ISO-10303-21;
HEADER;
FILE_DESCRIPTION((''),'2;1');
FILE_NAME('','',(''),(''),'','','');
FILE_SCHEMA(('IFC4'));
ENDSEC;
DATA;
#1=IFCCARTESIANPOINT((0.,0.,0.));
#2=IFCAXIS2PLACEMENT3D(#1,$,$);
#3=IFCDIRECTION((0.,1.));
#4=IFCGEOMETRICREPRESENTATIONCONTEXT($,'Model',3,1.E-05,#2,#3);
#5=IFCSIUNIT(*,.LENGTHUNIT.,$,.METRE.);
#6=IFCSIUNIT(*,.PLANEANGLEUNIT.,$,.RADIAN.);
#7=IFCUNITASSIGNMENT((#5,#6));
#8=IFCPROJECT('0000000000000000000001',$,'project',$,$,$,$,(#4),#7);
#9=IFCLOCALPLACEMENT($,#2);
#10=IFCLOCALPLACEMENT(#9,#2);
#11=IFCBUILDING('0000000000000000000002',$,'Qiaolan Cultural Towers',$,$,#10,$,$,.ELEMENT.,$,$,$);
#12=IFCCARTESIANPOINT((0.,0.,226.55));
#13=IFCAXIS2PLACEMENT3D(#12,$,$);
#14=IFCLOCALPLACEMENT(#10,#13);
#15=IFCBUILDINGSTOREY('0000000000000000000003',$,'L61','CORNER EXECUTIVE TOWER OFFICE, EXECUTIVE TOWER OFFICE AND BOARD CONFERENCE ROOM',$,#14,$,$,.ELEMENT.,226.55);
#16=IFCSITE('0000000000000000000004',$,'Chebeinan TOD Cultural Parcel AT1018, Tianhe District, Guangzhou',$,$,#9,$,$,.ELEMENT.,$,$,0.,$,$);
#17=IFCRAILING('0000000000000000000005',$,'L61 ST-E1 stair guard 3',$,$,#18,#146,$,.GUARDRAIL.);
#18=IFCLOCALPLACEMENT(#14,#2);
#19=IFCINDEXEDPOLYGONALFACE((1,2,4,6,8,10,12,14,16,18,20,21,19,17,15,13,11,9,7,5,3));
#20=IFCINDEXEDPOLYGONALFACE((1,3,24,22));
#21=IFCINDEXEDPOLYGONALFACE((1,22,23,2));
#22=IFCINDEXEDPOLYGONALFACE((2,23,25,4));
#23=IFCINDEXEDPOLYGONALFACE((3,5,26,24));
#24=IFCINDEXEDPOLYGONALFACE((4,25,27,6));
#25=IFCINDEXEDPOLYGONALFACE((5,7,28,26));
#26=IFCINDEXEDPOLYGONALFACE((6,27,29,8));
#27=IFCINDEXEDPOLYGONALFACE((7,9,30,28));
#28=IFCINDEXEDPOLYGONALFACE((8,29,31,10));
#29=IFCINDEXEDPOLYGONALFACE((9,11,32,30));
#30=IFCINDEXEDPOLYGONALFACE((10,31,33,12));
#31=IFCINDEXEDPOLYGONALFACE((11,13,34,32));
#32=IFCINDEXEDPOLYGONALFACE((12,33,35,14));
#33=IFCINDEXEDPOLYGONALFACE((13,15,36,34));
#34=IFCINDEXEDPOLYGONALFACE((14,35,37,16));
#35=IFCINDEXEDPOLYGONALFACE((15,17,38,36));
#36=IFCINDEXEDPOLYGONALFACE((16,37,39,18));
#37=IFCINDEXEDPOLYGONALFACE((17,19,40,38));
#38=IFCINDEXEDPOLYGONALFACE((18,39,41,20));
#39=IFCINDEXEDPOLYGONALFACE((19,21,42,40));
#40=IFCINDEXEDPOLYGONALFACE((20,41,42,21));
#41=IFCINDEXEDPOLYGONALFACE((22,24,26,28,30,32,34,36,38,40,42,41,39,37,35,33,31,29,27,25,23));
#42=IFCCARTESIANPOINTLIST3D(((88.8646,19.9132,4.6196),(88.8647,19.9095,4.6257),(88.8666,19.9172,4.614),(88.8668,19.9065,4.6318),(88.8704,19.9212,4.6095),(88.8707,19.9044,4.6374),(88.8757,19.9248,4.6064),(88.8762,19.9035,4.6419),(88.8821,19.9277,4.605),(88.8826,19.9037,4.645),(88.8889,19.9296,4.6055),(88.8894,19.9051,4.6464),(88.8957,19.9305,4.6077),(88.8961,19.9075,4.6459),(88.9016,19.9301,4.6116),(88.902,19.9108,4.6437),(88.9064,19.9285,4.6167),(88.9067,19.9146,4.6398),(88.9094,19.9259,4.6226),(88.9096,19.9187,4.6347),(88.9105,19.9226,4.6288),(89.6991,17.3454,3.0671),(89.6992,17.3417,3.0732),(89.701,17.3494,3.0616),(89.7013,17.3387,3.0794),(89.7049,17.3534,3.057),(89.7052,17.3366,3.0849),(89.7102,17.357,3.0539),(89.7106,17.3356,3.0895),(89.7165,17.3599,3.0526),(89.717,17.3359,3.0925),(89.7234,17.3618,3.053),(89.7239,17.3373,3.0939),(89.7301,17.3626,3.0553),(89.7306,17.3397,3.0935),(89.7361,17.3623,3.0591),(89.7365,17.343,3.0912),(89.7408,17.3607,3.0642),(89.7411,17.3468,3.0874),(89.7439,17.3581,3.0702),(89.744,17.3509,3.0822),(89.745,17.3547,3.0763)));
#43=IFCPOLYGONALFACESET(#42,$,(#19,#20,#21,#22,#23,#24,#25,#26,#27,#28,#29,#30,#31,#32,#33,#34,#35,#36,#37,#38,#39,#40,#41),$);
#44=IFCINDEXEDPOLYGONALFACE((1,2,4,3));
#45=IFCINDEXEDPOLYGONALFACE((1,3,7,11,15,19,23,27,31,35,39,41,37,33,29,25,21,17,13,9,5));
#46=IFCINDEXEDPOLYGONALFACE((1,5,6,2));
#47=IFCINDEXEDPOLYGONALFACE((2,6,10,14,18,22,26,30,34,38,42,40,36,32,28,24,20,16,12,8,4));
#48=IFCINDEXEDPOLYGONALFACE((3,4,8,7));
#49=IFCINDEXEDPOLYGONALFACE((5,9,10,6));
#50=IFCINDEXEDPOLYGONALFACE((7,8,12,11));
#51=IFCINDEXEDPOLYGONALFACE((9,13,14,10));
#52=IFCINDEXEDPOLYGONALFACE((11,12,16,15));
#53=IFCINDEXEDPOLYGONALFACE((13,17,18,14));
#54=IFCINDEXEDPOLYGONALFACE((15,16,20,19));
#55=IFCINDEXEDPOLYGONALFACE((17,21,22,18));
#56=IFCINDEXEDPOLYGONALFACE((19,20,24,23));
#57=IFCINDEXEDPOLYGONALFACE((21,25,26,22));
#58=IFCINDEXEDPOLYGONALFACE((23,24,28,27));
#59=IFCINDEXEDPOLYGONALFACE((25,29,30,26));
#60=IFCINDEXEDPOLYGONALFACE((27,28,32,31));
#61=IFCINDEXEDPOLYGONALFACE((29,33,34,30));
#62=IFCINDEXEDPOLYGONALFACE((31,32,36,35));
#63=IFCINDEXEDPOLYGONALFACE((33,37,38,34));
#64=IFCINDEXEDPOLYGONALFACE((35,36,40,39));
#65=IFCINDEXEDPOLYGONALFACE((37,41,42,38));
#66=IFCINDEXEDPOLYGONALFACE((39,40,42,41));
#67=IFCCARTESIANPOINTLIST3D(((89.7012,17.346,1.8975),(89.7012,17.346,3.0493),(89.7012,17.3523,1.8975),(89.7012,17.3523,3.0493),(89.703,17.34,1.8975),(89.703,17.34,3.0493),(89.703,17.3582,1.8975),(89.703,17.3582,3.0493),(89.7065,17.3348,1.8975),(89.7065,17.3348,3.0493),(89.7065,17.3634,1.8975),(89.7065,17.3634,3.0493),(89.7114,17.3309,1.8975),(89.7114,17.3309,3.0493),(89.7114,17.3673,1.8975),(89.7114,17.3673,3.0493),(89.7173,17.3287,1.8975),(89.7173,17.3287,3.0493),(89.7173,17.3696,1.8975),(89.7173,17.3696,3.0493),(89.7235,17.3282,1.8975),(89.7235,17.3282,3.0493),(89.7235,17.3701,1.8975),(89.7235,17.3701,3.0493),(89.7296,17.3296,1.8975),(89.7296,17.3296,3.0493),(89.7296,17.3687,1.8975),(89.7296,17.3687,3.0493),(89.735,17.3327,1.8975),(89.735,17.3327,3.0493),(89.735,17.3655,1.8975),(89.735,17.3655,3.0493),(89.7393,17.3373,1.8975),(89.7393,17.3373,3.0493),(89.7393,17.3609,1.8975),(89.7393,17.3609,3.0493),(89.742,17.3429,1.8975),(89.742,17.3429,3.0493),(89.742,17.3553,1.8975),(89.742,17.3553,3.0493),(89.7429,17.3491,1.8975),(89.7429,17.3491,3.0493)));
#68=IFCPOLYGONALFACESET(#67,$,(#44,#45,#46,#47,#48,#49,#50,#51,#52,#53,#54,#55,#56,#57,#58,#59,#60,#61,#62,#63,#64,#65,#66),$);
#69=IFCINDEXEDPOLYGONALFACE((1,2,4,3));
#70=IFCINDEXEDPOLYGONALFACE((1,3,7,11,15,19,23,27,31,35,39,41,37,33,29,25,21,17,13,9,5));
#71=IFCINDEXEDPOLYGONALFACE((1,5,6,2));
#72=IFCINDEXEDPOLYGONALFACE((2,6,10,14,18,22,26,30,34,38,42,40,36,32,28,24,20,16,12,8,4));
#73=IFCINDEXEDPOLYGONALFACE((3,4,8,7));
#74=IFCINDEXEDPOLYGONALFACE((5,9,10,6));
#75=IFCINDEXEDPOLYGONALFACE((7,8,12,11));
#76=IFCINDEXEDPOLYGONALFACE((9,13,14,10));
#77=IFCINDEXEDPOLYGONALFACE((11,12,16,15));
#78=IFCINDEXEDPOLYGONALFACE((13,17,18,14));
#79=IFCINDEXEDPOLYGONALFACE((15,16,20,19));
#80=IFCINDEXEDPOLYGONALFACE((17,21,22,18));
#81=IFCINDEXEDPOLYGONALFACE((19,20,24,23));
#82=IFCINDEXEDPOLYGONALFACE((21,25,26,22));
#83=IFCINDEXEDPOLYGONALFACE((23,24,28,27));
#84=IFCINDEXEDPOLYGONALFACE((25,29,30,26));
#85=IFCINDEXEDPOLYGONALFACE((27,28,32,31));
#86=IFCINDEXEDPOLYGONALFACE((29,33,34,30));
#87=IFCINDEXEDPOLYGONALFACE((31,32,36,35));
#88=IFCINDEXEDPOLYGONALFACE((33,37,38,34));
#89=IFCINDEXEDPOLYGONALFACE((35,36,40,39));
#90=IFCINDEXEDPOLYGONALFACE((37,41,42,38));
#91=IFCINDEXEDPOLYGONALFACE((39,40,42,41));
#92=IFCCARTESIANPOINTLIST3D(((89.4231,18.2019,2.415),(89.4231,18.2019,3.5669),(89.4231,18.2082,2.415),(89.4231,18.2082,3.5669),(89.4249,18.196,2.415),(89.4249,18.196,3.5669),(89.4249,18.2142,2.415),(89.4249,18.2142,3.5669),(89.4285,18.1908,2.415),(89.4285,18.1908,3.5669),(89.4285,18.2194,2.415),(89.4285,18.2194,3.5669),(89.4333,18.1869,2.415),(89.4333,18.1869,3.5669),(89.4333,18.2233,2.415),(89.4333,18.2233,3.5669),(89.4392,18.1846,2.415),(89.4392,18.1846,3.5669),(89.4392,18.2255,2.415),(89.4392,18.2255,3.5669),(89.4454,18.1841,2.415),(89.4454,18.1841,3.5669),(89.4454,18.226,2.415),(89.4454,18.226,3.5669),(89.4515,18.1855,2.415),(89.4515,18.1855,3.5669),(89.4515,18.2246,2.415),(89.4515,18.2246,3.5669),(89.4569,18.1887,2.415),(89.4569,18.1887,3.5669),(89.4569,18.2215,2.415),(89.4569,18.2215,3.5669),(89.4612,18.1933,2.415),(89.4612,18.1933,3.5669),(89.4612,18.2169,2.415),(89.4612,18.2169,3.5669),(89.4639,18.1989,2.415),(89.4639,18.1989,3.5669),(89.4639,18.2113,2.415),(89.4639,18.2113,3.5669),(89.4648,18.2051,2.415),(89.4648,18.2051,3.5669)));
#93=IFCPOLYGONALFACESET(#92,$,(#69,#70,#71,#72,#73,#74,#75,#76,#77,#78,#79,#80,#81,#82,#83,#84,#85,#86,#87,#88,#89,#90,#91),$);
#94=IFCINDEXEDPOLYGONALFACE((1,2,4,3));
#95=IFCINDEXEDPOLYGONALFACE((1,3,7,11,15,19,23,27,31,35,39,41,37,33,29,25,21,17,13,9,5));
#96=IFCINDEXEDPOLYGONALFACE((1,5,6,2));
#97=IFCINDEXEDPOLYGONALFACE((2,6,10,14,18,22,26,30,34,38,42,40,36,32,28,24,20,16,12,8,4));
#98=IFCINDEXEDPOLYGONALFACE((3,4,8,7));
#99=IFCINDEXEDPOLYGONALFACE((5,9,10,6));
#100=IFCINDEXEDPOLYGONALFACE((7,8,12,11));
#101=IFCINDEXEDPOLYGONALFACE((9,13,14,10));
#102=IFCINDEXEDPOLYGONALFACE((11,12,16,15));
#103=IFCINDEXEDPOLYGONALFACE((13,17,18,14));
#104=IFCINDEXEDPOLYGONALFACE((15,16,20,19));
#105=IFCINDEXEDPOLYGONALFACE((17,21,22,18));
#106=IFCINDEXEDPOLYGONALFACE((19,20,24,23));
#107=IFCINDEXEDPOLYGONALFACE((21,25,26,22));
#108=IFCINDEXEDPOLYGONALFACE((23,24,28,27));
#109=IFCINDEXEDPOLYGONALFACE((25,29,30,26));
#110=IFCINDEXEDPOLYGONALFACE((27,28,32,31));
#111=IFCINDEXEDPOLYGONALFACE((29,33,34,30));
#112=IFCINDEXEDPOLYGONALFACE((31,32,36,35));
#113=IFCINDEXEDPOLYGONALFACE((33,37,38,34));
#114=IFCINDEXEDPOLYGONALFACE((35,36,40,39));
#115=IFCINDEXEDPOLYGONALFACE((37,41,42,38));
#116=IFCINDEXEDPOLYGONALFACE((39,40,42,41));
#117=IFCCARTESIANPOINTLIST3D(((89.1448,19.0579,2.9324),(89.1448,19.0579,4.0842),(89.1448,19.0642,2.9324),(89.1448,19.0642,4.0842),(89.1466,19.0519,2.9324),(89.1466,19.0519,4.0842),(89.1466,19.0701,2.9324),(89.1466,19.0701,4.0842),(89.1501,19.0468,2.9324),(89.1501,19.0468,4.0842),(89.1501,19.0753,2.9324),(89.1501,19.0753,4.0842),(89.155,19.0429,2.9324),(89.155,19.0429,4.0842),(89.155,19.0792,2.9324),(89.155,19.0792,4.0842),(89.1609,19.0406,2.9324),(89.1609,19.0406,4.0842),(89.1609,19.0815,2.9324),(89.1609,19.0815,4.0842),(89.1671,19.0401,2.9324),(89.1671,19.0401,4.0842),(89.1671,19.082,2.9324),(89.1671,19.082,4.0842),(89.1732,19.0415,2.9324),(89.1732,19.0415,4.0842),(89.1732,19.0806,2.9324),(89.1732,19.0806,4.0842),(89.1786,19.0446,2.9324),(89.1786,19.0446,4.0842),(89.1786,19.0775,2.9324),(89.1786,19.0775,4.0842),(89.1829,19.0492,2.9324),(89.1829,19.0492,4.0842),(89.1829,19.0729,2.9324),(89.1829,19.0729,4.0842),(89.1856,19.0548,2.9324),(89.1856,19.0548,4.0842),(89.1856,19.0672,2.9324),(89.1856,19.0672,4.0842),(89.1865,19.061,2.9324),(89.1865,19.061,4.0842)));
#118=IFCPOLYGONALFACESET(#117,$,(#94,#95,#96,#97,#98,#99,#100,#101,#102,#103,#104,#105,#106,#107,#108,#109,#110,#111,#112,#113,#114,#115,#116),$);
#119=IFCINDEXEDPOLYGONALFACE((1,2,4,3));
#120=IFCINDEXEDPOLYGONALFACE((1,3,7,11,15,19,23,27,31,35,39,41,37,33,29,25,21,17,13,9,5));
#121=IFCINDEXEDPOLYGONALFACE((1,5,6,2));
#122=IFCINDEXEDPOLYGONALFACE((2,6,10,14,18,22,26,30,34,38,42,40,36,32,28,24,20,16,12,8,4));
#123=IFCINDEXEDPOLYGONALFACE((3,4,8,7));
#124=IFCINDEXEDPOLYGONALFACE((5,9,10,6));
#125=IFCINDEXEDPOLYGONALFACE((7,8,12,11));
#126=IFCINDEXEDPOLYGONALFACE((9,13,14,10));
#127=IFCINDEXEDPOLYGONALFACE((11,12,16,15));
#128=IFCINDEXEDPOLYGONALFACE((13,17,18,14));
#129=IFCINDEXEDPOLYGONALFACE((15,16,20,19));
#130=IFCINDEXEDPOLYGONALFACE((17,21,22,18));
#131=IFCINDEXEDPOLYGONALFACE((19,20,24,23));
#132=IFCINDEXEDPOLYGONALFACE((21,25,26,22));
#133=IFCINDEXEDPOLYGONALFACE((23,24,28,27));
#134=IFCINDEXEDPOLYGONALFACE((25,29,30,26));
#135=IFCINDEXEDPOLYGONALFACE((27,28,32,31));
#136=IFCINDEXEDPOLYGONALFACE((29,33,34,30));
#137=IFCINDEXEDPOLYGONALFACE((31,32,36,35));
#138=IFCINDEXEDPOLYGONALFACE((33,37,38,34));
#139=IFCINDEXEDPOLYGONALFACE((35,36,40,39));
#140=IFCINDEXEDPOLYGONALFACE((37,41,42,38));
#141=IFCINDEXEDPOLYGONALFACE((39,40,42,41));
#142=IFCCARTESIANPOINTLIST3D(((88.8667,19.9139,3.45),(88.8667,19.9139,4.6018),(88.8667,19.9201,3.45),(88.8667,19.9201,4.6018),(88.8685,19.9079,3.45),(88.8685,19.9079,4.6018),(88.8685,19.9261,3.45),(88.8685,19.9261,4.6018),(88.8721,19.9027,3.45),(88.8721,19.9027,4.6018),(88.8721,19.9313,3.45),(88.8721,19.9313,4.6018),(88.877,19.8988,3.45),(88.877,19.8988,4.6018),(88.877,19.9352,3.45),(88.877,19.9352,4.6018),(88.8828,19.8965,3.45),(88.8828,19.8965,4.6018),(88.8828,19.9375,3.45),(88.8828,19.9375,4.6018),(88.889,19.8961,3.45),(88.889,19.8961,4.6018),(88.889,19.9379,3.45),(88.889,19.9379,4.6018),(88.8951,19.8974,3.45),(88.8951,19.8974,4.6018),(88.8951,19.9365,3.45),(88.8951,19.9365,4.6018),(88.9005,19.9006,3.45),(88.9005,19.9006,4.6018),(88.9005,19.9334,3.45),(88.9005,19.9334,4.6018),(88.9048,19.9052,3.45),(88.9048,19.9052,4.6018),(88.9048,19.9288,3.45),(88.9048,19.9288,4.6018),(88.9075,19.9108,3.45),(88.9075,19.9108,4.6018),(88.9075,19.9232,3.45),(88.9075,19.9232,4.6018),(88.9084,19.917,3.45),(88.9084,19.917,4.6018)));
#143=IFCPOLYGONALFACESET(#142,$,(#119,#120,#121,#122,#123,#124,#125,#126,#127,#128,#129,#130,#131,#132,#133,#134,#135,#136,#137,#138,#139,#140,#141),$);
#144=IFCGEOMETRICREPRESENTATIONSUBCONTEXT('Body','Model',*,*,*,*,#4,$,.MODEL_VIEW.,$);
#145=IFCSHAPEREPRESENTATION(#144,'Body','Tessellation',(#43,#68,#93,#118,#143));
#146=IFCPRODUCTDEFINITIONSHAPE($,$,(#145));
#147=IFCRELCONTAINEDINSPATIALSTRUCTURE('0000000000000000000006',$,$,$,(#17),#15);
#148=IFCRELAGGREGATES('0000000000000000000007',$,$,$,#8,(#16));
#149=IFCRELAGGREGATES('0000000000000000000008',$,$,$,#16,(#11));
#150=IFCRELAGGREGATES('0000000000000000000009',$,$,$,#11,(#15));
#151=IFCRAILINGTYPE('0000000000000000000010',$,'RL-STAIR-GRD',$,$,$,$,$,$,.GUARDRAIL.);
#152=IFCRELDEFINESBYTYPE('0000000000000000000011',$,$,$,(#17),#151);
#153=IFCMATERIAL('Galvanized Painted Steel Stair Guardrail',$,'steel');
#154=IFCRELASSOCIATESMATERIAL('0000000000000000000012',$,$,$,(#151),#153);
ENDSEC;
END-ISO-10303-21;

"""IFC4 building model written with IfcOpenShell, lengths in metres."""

from ifc_helpers import new_model, si_unit, direction, frame, origin, origin_2d, place, context, subcontext, project, spatial, circle, extrude, material, type_object, element, save


model = new_model("IFC4")

# Units and contexts
model_context = context("Model", 3, precision=1e-05, world=origin(), true_north=direction((0.0, 1.0)))
body_context = subcontext(model_context, "Body", "Model", "MODEL_VIEW")
ifc_project = project(units=[si_unit("LENGTHUNIT", "METRE"), si_unit("PLANEANGLEUNIT", "RADIAN")], contexts=[model_context])

# Site, building, storey
site_placement = place(None, origin())
site = spatial("IfcSite", under=ifc_project, at=site_placement, Name="Chebeinan TOD Cultural Parcel AT1018, Tianhe District, Guangzhou", CompositionType="ELEMENT", RefElevation=0.0)
building_placement = place(site_placement, origin())
building = spatial("IfcBuilding", under=site, at=building_placement, Name="Qiaolan Cultural Towers", CompositionType="ELEMENT")
storey_placement = place(building_placement, frame((0.0, 0.0, 226.55)))
storey = spatial("IfcBuildingStorey", under=building, at=storey_placement, Name="L61", Description="CORNER EXECUTIVE TOWER OFFICE, EXECUTIVE TOWER OFFICE AND BOARD CONFERENCE ROOM", CompositionType="ELEMENT", Elevation=226.55)

# Railing
ifc_material_1 = material(Name="Galvanized Painted Steel Stair Guardrail", Category="steel")
railing_type_1 = type_object("IfcRailingType", Name="RL-STAIR-GRD", PredefinedType="GUARDRAIL", material=ifc_material_1)
railing_1_placement = place(storey_placement, frame((89.7219, 17.3491, 1.8975)))
element("IfcRailing", 1, at=railing_1_placement, inside=storey, type_object=railing_type_1, Name="L61 ST-E1 stair guard 3", PredefinedType="GUARDRAIL", context=body_context, shape_type="SweptSolid", body=[
    extrude(circle(Radius=0.0239, at=origin_2d()), frame((0.0, 0.0, 1.1758), z_axis=(-0.267926, 0.824471, 0.498461), x_axis=(-0.951043, -0.309057, 0.0)), (0.0, 0.0, 1.0), 3.1145),
    extrude(circle(Radius=0.021, at=origin_2d()), origin(), (0.0, 0.0, 1.0), 1.1519),
    extrude(circle(Radius=0.021, at=origin_2d()), frame((-0.2781, 0.856, 0.5176)), (0.0, 0.0, 1.0), 1.1519),
    extrude(circle(Radius=0.021, at=origin_2d()), frame((-0.5564, 1.7119, 1.0349)), (0.0, 0.0, 1.0), 1.1519),
    extrude(circle(Radius=0.021, at=origin_2d()), frame((-0.8345, 2.5679, 1.5525)), (0.0, 0.0, 1.0), 1.1519),
])

save(model, "model.ifc")
